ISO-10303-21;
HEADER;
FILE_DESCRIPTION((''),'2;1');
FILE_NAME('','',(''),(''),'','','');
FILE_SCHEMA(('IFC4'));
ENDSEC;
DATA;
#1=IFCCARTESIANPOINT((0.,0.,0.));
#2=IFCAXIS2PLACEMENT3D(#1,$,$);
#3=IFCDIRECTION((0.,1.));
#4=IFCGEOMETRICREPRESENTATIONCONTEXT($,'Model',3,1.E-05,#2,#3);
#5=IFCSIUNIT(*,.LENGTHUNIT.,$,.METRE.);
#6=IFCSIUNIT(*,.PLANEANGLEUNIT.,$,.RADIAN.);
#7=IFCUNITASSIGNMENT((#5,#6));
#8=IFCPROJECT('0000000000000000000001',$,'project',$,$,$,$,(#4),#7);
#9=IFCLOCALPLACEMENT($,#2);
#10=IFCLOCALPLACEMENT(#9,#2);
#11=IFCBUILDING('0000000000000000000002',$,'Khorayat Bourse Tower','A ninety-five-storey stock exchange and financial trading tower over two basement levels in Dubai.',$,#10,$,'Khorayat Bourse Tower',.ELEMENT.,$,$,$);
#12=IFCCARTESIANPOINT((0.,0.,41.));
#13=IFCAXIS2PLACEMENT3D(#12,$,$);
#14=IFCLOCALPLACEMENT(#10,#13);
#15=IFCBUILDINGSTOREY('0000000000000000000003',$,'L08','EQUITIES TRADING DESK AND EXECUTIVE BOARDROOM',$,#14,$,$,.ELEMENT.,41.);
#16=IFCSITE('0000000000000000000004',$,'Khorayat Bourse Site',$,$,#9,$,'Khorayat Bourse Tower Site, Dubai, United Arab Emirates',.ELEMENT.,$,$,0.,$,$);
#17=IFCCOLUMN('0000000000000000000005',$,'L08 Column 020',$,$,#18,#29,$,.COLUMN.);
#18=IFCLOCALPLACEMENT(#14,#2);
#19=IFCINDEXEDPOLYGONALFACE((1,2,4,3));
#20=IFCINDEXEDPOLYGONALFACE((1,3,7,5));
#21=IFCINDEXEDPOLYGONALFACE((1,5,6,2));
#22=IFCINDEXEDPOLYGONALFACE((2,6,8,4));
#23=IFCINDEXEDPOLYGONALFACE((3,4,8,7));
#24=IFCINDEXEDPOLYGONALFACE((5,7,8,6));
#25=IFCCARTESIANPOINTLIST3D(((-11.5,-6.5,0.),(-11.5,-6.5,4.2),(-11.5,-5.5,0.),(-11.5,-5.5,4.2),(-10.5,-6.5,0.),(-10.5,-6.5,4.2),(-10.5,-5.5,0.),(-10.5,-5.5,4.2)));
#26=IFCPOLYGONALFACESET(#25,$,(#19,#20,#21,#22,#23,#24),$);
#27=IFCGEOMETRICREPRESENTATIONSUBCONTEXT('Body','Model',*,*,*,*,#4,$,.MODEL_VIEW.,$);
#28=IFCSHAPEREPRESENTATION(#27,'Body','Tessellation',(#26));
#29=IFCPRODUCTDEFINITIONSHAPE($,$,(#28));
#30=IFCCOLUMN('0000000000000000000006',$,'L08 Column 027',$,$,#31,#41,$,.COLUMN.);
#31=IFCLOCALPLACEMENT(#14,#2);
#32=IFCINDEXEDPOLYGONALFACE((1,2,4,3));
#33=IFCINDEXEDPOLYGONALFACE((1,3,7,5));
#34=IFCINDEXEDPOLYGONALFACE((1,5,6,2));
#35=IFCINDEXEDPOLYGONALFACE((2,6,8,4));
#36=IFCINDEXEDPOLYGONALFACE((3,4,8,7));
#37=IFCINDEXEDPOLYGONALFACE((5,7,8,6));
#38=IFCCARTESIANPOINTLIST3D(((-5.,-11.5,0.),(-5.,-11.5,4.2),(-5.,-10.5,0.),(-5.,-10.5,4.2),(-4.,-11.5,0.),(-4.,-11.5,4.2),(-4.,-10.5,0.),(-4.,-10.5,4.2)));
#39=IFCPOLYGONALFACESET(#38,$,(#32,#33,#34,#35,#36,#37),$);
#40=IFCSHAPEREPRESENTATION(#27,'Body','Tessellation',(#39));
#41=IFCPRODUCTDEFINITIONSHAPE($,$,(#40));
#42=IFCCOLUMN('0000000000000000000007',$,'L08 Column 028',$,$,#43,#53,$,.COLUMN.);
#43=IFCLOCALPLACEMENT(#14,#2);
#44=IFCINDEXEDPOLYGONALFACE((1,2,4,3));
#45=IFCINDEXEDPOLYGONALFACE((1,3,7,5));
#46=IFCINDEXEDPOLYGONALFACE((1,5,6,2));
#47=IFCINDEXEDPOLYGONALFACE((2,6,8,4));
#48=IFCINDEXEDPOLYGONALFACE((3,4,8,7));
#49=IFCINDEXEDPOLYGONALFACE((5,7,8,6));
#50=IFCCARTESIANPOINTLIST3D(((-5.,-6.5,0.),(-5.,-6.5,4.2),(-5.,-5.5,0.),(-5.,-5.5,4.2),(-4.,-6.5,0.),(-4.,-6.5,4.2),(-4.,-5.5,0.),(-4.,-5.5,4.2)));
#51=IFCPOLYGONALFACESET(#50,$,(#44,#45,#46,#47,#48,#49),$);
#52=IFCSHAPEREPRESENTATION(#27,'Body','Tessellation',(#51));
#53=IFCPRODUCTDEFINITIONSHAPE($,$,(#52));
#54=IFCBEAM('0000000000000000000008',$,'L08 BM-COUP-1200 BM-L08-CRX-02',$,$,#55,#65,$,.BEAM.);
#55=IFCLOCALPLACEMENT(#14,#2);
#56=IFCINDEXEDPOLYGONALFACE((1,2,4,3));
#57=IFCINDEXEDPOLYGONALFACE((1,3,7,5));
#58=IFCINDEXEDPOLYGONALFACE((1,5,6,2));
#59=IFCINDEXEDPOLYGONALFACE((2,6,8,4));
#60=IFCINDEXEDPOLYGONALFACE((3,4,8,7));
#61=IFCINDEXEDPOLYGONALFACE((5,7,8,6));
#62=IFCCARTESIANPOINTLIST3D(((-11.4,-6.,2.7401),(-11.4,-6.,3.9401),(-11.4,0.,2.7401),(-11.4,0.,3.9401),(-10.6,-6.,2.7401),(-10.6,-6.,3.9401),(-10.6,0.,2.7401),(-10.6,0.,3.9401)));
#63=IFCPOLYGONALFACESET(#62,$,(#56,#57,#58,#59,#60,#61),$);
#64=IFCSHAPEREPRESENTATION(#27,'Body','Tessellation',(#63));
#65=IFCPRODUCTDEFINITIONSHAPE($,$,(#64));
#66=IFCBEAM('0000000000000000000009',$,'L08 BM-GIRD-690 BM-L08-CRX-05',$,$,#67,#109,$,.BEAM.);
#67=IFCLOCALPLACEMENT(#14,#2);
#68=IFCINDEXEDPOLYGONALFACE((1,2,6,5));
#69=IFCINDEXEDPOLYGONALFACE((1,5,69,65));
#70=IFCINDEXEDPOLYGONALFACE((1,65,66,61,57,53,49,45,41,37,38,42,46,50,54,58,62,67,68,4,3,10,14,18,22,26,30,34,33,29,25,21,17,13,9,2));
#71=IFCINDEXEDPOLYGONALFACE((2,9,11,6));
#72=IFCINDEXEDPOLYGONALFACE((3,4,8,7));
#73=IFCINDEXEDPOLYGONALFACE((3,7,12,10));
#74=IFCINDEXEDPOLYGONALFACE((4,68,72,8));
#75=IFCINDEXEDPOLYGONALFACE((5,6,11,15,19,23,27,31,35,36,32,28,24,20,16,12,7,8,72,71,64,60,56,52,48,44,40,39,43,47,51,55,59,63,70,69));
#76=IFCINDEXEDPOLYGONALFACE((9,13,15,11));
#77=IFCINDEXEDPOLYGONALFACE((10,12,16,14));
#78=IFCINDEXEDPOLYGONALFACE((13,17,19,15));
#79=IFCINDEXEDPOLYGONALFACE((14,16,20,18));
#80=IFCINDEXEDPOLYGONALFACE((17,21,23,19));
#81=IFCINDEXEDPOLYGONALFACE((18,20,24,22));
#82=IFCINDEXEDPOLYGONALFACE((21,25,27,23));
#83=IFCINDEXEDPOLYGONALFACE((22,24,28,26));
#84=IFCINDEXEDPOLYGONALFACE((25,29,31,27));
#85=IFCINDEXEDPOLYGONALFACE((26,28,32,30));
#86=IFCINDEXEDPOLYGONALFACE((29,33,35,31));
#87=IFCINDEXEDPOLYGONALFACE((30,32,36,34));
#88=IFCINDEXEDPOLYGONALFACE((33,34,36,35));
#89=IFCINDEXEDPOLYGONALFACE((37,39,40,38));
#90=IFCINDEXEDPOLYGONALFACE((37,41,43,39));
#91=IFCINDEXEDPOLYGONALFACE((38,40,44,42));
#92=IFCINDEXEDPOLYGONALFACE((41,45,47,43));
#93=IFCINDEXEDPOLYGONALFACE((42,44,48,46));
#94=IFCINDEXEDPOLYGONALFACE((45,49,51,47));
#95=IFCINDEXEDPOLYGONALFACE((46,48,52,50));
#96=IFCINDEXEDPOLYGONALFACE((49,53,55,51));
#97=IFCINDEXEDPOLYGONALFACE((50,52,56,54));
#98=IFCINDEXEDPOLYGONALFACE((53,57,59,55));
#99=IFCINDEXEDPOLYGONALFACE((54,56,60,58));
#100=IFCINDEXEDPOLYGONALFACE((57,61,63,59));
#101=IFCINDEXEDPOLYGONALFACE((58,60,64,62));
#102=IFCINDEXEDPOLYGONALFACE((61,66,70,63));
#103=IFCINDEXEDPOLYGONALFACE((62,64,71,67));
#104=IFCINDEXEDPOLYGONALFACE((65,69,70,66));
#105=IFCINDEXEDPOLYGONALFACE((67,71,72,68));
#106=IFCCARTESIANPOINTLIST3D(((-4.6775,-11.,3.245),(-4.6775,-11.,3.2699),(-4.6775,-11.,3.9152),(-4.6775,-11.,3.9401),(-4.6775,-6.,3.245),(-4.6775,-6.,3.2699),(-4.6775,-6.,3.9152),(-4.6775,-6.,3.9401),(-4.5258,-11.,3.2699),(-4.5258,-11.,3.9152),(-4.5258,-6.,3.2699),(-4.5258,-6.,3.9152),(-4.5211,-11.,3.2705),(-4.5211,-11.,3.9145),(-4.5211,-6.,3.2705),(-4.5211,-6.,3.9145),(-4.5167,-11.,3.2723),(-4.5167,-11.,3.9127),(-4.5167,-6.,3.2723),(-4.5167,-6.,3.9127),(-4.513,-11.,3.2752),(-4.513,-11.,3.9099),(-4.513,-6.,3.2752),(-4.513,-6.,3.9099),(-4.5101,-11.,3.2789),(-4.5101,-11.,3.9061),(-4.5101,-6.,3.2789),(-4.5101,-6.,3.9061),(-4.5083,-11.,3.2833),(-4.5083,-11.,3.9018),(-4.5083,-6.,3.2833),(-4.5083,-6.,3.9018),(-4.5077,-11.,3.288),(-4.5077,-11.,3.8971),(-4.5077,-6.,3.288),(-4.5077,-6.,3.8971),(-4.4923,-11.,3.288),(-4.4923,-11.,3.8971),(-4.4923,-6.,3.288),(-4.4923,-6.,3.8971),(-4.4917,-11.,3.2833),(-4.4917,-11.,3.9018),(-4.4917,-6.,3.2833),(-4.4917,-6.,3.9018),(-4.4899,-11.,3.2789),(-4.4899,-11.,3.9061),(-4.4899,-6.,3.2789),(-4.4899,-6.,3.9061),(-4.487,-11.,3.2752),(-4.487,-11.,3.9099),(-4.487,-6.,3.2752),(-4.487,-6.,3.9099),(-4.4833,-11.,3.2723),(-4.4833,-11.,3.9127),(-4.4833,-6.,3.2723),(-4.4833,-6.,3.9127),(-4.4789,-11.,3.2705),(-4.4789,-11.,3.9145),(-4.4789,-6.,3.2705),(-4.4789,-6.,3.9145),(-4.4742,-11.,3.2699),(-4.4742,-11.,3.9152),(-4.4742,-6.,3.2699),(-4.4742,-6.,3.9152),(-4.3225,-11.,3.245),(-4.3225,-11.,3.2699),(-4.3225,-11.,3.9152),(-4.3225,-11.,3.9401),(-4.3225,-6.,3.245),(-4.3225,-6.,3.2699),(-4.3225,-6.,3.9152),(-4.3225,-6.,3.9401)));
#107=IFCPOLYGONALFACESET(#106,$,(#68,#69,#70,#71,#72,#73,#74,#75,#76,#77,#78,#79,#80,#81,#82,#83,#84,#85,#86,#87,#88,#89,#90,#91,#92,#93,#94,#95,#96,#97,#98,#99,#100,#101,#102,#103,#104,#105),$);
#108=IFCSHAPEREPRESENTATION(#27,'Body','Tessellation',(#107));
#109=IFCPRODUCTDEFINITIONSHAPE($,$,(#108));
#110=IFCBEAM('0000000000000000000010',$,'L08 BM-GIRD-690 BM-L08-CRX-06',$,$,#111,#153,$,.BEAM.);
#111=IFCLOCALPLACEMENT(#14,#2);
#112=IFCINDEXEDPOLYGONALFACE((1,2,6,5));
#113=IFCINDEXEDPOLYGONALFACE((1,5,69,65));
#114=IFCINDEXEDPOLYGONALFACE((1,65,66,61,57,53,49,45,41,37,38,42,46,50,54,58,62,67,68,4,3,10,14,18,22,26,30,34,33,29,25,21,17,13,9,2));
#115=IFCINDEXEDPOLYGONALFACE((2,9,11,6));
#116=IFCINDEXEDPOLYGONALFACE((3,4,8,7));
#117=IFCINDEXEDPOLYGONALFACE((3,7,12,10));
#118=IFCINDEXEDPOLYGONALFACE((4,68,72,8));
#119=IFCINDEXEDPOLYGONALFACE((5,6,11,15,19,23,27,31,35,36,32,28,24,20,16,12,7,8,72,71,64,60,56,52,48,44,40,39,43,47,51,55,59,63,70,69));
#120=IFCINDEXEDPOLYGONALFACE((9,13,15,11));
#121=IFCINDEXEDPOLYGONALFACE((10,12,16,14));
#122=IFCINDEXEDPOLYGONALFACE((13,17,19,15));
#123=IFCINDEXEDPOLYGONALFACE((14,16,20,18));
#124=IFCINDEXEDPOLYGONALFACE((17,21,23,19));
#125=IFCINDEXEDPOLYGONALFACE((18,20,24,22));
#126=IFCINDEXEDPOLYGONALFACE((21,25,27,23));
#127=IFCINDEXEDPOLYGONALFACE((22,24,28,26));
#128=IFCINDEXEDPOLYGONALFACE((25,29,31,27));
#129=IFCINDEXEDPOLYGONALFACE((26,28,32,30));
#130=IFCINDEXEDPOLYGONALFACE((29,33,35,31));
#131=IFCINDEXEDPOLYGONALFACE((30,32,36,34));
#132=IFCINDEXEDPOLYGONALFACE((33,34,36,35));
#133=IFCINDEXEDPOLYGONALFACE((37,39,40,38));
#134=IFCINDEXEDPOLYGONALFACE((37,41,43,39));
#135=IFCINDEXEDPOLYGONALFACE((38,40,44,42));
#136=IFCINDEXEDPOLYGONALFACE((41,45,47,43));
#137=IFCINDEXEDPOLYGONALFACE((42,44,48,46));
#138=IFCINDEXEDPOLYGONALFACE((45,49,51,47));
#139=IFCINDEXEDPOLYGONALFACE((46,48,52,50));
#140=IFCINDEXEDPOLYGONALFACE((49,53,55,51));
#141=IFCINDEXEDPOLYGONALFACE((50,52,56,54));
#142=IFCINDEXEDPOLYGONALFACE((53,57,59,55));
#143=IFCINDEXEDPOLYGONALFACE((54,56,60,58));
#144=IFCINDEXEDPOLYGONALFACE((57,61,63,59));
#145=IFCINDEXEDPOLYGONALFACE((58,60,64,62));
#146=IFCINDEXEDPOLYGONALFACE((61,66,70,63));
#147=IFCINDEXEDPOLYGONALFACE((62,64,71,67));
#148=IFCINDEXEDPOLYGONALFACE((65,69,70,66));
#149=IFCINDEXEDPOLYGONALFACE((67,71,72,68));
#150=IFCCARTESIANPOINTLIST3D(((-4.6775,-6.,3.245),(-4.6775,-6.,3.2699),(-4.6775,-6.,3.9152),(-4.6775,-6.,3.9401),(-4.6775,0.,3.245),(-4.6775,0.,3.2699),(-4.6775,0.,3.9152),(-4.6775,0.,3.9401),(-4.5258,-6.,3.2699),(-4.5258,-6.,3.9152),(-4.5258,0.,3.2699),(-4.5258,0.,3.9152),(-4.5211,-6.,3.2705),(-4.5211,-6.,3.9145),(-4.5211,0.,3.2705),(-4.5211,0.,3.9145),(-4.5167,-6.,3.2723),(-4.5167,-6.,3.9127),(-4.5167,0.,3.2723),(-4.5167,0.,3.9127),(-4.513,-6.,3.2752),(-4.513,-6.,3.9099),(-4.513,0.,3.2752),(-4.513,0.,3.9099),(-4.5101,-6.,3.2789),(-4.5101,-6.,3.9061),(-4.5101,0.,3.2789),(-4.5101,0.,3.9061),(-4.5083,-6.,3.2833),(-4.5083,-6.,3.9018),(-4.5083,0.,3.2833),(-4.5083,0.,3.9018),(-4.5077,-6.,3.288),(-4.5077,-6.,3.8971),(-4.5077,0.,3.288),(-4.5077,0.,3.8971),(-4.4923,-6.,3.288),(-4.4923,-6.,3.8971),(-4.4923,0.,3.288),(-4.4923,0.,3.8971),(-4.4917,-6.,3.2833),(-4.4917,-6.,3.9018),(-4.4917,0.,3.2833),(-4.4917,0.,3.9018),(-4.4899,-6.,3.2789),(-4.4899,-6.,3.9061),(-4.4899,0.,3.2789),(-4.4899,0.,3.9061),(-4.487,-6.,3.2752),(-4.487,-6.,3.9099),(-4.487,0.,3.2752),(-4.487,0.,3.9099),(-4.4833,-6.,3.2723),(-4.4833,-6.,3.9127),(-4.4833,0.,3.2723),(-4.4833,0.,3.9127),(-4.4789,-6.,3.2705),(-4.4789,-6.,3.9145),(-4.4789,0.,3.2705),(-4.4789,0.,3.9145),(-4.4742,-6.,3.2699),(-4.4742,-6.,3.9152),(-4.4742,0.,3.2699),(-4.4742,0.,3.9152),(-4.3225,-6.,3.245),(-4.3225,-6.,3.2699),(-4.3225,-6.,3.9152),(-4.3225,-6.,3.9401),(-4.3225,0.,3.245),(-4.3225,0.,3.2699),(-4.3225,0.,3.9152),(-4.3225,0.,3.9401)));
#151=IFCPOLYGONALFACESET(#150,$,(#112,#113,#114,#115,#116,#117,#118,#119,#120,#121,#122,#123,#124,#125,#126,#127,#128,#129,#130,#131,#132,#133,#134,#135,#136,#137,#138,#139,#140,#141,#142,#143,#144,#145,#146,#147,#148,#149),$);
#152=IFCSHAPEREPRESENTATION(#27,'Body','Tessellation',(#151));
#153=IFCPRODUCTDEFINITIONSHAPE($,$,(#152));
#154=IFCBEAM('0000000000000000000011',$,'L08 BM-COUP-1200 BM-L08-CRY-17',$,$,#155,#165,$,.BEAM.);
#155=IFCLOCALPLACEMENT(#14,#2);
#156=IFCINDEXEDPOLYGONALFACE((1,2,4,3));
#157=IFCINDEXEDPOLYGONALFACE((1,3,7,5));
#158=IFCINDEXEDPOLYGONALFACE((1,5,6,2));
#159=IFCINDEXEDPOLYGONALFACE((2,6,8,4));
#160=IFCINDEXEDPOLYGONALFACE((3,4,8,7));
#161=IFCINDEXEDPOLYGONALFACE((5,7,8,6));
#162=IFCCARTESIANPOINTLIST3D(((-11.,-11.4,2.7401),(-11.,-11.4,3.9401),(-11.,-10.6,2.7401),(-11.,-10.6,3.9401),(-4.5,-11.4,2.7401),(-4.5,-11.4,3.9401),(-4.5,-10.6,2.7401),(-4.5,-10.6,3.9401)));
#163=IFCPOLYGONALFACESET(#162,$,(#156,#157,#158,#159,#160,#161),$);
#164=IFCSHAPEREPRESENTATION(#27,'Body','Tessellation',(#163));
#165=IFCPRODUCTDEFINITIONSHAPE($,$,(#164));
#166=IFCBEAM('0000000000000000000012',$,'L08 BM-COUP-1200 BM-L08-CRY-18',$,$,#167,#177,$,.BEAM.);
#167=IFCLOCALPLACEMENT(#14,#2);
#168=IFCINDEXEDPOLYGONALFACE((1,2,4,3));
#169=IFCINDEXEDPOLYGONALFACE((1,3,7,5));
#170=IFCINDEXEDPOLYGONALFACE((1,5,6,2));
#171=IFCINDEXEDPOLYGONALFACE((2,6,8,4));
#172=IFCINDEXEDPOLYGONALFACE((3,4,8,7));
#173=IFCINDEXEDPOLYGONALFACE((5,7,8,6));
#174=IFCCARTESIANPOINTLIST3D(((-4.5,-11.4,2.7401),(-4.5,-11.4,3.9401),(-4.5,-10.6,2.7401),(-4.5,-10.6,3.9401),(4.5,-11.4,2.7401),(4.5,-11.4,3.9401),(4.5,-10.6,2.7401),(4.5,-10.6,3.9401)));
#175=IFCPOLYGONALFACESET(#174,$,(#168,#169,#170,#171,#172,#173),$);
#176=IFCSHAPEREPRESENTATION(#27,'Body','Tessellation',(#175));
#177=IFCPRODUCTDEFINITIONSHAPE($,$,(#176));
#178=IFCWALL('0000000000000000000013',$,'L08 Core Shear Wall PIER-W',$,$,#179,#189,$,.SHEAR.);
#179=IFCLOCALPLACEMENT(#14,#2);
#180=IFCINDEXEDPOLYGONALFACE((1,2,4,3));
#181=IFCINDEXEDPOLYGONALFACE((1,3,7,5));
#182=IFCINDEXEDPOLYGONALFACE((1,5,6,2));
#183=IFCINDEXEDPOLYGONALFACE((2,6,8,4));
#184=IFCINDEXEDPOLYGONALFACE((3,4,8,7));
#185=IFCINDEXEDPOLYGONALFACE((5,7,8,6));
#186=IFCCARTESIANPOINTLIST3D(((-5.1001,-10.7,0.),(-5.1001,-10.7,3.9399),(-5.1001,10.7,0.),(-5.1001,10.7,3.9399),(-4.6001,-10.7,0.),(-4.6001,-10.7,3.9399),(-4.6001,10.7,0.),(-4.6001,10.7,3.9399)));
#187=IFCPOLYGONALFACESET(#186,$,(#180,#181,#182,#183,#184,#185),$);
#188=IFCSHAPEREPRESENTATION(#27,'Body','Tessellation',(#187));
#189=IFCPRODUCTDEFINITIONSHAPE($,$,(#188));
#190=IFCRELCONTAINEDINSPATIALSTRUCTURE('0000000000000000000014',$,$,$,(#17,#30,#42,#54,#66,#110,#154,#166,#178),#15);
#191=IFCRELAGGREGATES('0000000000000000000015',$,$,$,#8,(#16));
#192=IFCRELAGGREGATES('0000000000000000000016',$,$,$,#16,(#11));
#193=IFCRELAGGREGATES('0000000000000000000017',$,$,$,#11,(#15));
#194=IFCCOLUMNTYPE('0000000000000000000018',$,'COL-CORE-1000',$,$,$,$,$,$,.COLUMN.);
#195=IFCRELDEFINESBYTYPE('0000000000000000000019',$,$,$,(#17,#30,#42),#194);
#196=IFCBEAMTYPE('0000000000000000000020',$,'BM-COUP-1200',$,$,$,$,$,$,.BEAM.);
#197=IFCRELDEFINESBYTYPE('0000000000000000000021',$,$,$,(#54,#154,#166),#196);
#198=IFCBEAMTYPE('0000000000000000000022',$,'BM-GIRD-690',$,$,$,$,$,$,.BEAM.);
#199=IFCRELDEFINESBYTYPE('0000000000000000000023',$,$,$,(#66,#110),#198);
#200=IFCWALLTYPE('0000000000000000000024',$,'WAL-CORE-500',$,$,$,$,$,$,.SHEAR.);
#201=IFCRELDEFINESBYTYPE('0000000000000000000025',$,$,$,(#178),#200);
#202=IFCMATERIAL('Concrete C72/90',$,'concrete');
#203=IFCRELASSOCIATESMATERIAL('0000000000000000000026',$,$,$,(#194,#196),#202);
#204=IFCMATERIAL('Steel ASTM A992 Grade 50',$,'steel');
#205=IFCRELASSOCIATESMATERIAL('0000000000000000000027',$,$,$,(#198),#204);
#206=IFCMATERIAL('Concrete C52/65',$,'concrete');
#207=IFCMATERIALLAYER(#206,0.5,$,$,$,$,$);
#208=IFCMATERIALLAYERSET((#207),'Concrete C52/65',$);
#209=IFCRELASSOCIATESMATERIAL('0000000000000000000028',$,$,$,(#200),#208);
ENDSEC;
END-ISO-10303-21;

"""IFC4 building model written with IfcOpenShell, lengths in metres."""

from ifc_helpers import new_model, si_unit, direction, frame, frame_2d, origin, origin_2d, place, context, subcontext, project, spatial, rectangle, i_section, extrude, source, transform, mapped, material, layer, layer_set, material_profile, profile_set, type_object, element, save


model = new_model("IFC4")

# Units and contexts
model_context = context("Model", 3, precision=1e-05, world=origin(), true_north=direction((0.0, 1.0)))
body_context = subcontext(model_context, "Body", "Model", "MODEL_VIEW")
ifc_project = project(units=[si_unit("LENGTHUNIT", "METRE"), si_unit("PLANEANGLEUNIT", "RADIAN")], contexts=[model_context])

# Site, building, storey
site_placement = place(None, origin())
site = spatial("IfcSite", under=ifc_project, at=site_placement, Name="Khorayat Bourse Site", LongName="Khorayat Bourse Tower Site, Dubai, United Arab Emirates", CompositionType="ELEMENT", RefElevation=0.0)
building_placement = place(site_placement, origin())
building = spatial("IfcBuilding", under=site, at=building_placement, Name="Khorayat Bourse Tower", Description="A ninety-five-storey stock exchange and financial trading tower over two basement levels in Dubai.", LongName="Khorayat Bourse Tower", CompositionType="ELEMENT")
storey_placement = place(building_placement, frame((0.0, 0.0, 41.0)))
storey = spatial("IfcBuildingStorey", under=building, at=storey_placement, Name="L08", Description="EQUITIES TRADING DESK AND EXECUTIVE BOARDROOM", CompositionType="ELEMENT", Elevation=41.0)

# Columns
ifc_material_1 = material(Name="Concrete C72/90", Category="concrete")
ifc_material_profile_1 = material_profile(ifc_material_1, rectangle(XDim=1.0, YDim=1.0, at=origin_2d()), Name="RC 1000x1000")
ifc_profile_set_1 = profile_set([ifc_material_profile_1], Name="Concrete C72/90")
column_type = type_object("IfcColumnType", Name="COL-CORE-1000", PredefinedType="COLUMN", material=ifc_profile_set_1)
shared_shape_1 = source(origin(), body_context, "Body", "SweptSolid", [
    extrude(rectangle(XDim=1.0, YDim=1.0, at=origin_2d()), origin(), (0.0, 0.0, 1.0), 4.2),
])
for number, where, z_axis, x_axis, name in (
    (1, (-11.0, -6.0, 0.0), (0.0, 0.0, 1.0), (1.0, 0.0, 0.0), "L08 Column 020"),
    (2, (-4.5, -11.0, 0.0), (0.0, 0.0, 1.0), (1.0, 0.0, 0.0), "L08 Column 027"),
    (3, (-4.5, -6.0, 0.0), (0.0, 0.0, 1.0), (1.0, 0.0, 0.0), "L08 Column 028"),
):
    element("IfcColumn", number, at=place(storey_placement, frame(where, z_axis=z_axis, x_axis=x_axis)), inside=storey, type_object=column_type, Name=name, PredefinedType="COLUMN", context=body_context, shape_type="MappedRepresentation", body=[
        mapped(shared_shape_1, transform((0.0, 0.0, 0.0), scale=1.0)),
    ])

# Beams
ifc_material_profile_2 = material_profile(ifc_material_1, rectangle(XDim=0.8, YDim=1.2, at=origin_2d()), Name="RC 800x1200")
ifc_profile_set_2 = profile_set([ifc_material_profile_2], Name="Concrete C72/90")
beam_type_1 = type_object("IfcBeamType", Name="BM-COUP-1200", PredefinedType="BEAM", material=ifc_profile_set_2)
shared_shape_2 = source(origin(), body_context, "Body", "SweptSolid", [
    extrude(rectangle(XDim=0.8, YDim=1.2, at=origin_2d()), origin(), (0.0, 0.0, 1.0), 6.0),
])
beam_1_placement = place(storey_placement, frame((-11.0, -6.0, 3.3401), z_axis=(0.0, 1.0, 0.0), x_axis=(-1.0, 0.0, 0.0)))
element("IfcBeam", 4, at=beam_1_placement, inside=storey, type_object=beam_type_1, Name="L08 BM-COUP-1200 BM-L08-CRX-02", PredefinedType="BEAM", context=body_context, shape_type="MappedRepresentation", body=[
    mapped(shared_shape_2, transform((0.0, 0.0, 0.0), scale=1.0)),
])
ifc_material_2 = material(Name="Steel ASTM A992 Grade 50", Category="steel")
ifc_material_profile_3 = material_profile(ifc_material_2, i_section(OverallWidth=0.355, OverallDepth=0.6951, WebThickness=0.0154, FlangeThickness=0.0249, FilletRadius=0.0181, at=origin_2d()), Name="W690X217")
ifc_profile_set_3 = profile_set([ifc_material_profile_3], Name="Steel ASTM A992 Grade 50")
beam_type_2 = type_object("IfcBeamType", Name="BM-GIRD-690", PredefinedType="BEAM", material=ifc_profile_set_3)
shared_shape_3 = source(origin(), body_context, "Body", "SweptSolid", [
    extrude(i_section(OverallWidth=0.355, OverallDepth=0.6951, WebThickness=0.0154, FlangeThickness=0.0249, FilletRadius=0.0181, at=origin_2d()), origin(), (0.0, 0.0, 1.0), 5.0),
])
beam_2_placement = place(storey_placement, frame((-4.5, -11.0, 3.5925), z_axis=(0.0, 1.0, 0.0), x_axis=(-1.0, 0.0, 0.0)))
element("IfcBeam", 5, at=beam_2_placement, inside=storey, type_object=beam_type_2, Name="L08 BM-GIRD-690 BM-L08-CRX-05", PredefinedType="BEAM", context=body_context, shape_type="MappedRepresentation", body=[
    mapped(shared_shape_3, transform((0.0, 0.0, 0.0), scale=1.0)),
])
shared_shape_4 = source(origin(), body_context, "Body", "SweptSolid", [
    extrude(i_section(OverallWidth=0.355, OverallDepth=0.6951, WebThickness=0.0154, FlangeThickness=0.0249, FilletRadius=0.0181, at=origin_2d()), origin(), (0.0, 0.0, 1.0), 6.0),
])
beam_3_placement = place(storey_placement, frame((-4.5, -6.0, 3.5925), z_axis=(0.0, 1.0, 0.0), x_axis=(-1.0, 0.0, 0.0)))
element("IfcBeam", 6, at=beam_3_placement, inside=storey, type_object=beam_type_2, Name="L08 BM-GIRD-690 BM-L08-CRX-06", PredefinedType="BEAM", context=body_context, shape_type="MappedRepresentation", body=[
    mapped(shared_shape_4, transform((0.0, 0.0, 0.0), scale=1.0)),
])
shared_shape_5 = source(origin(), body_context, "Body", "SweptSolid", [
    extrude(rectangle(XDim=0.8, YDim=1.2, at=origin_2d()), origin(), (0.0, 0.0, 1.0), 6.5),
])
beam_4_placement = place(storey_placement, frame((-11.0, -11.0, 3.3401), z_axis=(1.0, 0.0, 0.0), x_axis=(0.0, 1.0, 0.0)))
element("IfcBeam", 7, at=beam_4_placement, inside=storey, type_object=beam_type_1, Name="L08 BM-COUP-1200 BM-L08-CRY-17", PredefinedType="BEAM", context=body_context, shape_type="MappedRepresentation", body=[
    mapped(shared_shape_5, transform((0.0, 0.0, 0.0), scale=1.0)),
])
shared_shape_6 = source(origin(), body_context, "Body", "SweptSolid", [
    extrude(rectangle(XDim=0.8, YDim=1.2, at=origin_2d()), origin(), (0.0, 0.0, 1.0), 9.0),
])
beam_5_placement = place(storey_placement, frame((-4.5, -11.0, 3.3401), z_axis=(1.0, 0.0, 0.0), x_axis=(0.0, 1.0, 0.0)))
element("IfcBeam", 8, at=beam_5_placement, inside=storey, type_object=beam_type_1, Name="L08 BM-COUP-1200 BM-L08-CRY-18", PredefinedType="BEAM", context=body_context, shape_type="MappedRepresentation", body=[
    mapped(shared_shape_6, transform((0.0, 0.0, 0.0), scale=1.0)),
])

# Wall
ifc_material_3 = material(Name="Concrete C52/65", Category="concrete")
ifc_layer_1 = layer(ifc_material_3, 0.5)
ifc_layer_set_1 = layer_set([ifc_layer_1], Name="Concrete C52/65")
wall_type_1 = type_object("IfcWallType", Name="WAL-CORE-500", PredefinedType="SHEAR", material=ifc_layer_set_1)
shared_shape_7 = source(origin(), body_context, "Body", "SweptSolid", [
    extrude(rectangle(XDim=21.3999, YDim=0.5, at=frame_2d((10.7, 0.0))), origin(), (0.0, 0.0, 1.0), 3.9399),
])
wall_1_placement = place(storey_placement, frame((-4.8501, -10.7, 0.0), z_axis=(0.0, 0.0, 1.0), x_axis=(0.0, 1.0, 0.0)))
element("IfcWall", 9, at=wall_1_placement, inside=storey, type_object=wall_type_1, Name="L08 Core Shear Wall PIER-W", PredefinedType="SHEAR", context=body_context, shape_type="MappedRepresentation", body=[
    mapped(shared_shape_7, transform((0.0, 0.0, 0.0), scale=1.0)),
])

save(model, "model.ifc")
